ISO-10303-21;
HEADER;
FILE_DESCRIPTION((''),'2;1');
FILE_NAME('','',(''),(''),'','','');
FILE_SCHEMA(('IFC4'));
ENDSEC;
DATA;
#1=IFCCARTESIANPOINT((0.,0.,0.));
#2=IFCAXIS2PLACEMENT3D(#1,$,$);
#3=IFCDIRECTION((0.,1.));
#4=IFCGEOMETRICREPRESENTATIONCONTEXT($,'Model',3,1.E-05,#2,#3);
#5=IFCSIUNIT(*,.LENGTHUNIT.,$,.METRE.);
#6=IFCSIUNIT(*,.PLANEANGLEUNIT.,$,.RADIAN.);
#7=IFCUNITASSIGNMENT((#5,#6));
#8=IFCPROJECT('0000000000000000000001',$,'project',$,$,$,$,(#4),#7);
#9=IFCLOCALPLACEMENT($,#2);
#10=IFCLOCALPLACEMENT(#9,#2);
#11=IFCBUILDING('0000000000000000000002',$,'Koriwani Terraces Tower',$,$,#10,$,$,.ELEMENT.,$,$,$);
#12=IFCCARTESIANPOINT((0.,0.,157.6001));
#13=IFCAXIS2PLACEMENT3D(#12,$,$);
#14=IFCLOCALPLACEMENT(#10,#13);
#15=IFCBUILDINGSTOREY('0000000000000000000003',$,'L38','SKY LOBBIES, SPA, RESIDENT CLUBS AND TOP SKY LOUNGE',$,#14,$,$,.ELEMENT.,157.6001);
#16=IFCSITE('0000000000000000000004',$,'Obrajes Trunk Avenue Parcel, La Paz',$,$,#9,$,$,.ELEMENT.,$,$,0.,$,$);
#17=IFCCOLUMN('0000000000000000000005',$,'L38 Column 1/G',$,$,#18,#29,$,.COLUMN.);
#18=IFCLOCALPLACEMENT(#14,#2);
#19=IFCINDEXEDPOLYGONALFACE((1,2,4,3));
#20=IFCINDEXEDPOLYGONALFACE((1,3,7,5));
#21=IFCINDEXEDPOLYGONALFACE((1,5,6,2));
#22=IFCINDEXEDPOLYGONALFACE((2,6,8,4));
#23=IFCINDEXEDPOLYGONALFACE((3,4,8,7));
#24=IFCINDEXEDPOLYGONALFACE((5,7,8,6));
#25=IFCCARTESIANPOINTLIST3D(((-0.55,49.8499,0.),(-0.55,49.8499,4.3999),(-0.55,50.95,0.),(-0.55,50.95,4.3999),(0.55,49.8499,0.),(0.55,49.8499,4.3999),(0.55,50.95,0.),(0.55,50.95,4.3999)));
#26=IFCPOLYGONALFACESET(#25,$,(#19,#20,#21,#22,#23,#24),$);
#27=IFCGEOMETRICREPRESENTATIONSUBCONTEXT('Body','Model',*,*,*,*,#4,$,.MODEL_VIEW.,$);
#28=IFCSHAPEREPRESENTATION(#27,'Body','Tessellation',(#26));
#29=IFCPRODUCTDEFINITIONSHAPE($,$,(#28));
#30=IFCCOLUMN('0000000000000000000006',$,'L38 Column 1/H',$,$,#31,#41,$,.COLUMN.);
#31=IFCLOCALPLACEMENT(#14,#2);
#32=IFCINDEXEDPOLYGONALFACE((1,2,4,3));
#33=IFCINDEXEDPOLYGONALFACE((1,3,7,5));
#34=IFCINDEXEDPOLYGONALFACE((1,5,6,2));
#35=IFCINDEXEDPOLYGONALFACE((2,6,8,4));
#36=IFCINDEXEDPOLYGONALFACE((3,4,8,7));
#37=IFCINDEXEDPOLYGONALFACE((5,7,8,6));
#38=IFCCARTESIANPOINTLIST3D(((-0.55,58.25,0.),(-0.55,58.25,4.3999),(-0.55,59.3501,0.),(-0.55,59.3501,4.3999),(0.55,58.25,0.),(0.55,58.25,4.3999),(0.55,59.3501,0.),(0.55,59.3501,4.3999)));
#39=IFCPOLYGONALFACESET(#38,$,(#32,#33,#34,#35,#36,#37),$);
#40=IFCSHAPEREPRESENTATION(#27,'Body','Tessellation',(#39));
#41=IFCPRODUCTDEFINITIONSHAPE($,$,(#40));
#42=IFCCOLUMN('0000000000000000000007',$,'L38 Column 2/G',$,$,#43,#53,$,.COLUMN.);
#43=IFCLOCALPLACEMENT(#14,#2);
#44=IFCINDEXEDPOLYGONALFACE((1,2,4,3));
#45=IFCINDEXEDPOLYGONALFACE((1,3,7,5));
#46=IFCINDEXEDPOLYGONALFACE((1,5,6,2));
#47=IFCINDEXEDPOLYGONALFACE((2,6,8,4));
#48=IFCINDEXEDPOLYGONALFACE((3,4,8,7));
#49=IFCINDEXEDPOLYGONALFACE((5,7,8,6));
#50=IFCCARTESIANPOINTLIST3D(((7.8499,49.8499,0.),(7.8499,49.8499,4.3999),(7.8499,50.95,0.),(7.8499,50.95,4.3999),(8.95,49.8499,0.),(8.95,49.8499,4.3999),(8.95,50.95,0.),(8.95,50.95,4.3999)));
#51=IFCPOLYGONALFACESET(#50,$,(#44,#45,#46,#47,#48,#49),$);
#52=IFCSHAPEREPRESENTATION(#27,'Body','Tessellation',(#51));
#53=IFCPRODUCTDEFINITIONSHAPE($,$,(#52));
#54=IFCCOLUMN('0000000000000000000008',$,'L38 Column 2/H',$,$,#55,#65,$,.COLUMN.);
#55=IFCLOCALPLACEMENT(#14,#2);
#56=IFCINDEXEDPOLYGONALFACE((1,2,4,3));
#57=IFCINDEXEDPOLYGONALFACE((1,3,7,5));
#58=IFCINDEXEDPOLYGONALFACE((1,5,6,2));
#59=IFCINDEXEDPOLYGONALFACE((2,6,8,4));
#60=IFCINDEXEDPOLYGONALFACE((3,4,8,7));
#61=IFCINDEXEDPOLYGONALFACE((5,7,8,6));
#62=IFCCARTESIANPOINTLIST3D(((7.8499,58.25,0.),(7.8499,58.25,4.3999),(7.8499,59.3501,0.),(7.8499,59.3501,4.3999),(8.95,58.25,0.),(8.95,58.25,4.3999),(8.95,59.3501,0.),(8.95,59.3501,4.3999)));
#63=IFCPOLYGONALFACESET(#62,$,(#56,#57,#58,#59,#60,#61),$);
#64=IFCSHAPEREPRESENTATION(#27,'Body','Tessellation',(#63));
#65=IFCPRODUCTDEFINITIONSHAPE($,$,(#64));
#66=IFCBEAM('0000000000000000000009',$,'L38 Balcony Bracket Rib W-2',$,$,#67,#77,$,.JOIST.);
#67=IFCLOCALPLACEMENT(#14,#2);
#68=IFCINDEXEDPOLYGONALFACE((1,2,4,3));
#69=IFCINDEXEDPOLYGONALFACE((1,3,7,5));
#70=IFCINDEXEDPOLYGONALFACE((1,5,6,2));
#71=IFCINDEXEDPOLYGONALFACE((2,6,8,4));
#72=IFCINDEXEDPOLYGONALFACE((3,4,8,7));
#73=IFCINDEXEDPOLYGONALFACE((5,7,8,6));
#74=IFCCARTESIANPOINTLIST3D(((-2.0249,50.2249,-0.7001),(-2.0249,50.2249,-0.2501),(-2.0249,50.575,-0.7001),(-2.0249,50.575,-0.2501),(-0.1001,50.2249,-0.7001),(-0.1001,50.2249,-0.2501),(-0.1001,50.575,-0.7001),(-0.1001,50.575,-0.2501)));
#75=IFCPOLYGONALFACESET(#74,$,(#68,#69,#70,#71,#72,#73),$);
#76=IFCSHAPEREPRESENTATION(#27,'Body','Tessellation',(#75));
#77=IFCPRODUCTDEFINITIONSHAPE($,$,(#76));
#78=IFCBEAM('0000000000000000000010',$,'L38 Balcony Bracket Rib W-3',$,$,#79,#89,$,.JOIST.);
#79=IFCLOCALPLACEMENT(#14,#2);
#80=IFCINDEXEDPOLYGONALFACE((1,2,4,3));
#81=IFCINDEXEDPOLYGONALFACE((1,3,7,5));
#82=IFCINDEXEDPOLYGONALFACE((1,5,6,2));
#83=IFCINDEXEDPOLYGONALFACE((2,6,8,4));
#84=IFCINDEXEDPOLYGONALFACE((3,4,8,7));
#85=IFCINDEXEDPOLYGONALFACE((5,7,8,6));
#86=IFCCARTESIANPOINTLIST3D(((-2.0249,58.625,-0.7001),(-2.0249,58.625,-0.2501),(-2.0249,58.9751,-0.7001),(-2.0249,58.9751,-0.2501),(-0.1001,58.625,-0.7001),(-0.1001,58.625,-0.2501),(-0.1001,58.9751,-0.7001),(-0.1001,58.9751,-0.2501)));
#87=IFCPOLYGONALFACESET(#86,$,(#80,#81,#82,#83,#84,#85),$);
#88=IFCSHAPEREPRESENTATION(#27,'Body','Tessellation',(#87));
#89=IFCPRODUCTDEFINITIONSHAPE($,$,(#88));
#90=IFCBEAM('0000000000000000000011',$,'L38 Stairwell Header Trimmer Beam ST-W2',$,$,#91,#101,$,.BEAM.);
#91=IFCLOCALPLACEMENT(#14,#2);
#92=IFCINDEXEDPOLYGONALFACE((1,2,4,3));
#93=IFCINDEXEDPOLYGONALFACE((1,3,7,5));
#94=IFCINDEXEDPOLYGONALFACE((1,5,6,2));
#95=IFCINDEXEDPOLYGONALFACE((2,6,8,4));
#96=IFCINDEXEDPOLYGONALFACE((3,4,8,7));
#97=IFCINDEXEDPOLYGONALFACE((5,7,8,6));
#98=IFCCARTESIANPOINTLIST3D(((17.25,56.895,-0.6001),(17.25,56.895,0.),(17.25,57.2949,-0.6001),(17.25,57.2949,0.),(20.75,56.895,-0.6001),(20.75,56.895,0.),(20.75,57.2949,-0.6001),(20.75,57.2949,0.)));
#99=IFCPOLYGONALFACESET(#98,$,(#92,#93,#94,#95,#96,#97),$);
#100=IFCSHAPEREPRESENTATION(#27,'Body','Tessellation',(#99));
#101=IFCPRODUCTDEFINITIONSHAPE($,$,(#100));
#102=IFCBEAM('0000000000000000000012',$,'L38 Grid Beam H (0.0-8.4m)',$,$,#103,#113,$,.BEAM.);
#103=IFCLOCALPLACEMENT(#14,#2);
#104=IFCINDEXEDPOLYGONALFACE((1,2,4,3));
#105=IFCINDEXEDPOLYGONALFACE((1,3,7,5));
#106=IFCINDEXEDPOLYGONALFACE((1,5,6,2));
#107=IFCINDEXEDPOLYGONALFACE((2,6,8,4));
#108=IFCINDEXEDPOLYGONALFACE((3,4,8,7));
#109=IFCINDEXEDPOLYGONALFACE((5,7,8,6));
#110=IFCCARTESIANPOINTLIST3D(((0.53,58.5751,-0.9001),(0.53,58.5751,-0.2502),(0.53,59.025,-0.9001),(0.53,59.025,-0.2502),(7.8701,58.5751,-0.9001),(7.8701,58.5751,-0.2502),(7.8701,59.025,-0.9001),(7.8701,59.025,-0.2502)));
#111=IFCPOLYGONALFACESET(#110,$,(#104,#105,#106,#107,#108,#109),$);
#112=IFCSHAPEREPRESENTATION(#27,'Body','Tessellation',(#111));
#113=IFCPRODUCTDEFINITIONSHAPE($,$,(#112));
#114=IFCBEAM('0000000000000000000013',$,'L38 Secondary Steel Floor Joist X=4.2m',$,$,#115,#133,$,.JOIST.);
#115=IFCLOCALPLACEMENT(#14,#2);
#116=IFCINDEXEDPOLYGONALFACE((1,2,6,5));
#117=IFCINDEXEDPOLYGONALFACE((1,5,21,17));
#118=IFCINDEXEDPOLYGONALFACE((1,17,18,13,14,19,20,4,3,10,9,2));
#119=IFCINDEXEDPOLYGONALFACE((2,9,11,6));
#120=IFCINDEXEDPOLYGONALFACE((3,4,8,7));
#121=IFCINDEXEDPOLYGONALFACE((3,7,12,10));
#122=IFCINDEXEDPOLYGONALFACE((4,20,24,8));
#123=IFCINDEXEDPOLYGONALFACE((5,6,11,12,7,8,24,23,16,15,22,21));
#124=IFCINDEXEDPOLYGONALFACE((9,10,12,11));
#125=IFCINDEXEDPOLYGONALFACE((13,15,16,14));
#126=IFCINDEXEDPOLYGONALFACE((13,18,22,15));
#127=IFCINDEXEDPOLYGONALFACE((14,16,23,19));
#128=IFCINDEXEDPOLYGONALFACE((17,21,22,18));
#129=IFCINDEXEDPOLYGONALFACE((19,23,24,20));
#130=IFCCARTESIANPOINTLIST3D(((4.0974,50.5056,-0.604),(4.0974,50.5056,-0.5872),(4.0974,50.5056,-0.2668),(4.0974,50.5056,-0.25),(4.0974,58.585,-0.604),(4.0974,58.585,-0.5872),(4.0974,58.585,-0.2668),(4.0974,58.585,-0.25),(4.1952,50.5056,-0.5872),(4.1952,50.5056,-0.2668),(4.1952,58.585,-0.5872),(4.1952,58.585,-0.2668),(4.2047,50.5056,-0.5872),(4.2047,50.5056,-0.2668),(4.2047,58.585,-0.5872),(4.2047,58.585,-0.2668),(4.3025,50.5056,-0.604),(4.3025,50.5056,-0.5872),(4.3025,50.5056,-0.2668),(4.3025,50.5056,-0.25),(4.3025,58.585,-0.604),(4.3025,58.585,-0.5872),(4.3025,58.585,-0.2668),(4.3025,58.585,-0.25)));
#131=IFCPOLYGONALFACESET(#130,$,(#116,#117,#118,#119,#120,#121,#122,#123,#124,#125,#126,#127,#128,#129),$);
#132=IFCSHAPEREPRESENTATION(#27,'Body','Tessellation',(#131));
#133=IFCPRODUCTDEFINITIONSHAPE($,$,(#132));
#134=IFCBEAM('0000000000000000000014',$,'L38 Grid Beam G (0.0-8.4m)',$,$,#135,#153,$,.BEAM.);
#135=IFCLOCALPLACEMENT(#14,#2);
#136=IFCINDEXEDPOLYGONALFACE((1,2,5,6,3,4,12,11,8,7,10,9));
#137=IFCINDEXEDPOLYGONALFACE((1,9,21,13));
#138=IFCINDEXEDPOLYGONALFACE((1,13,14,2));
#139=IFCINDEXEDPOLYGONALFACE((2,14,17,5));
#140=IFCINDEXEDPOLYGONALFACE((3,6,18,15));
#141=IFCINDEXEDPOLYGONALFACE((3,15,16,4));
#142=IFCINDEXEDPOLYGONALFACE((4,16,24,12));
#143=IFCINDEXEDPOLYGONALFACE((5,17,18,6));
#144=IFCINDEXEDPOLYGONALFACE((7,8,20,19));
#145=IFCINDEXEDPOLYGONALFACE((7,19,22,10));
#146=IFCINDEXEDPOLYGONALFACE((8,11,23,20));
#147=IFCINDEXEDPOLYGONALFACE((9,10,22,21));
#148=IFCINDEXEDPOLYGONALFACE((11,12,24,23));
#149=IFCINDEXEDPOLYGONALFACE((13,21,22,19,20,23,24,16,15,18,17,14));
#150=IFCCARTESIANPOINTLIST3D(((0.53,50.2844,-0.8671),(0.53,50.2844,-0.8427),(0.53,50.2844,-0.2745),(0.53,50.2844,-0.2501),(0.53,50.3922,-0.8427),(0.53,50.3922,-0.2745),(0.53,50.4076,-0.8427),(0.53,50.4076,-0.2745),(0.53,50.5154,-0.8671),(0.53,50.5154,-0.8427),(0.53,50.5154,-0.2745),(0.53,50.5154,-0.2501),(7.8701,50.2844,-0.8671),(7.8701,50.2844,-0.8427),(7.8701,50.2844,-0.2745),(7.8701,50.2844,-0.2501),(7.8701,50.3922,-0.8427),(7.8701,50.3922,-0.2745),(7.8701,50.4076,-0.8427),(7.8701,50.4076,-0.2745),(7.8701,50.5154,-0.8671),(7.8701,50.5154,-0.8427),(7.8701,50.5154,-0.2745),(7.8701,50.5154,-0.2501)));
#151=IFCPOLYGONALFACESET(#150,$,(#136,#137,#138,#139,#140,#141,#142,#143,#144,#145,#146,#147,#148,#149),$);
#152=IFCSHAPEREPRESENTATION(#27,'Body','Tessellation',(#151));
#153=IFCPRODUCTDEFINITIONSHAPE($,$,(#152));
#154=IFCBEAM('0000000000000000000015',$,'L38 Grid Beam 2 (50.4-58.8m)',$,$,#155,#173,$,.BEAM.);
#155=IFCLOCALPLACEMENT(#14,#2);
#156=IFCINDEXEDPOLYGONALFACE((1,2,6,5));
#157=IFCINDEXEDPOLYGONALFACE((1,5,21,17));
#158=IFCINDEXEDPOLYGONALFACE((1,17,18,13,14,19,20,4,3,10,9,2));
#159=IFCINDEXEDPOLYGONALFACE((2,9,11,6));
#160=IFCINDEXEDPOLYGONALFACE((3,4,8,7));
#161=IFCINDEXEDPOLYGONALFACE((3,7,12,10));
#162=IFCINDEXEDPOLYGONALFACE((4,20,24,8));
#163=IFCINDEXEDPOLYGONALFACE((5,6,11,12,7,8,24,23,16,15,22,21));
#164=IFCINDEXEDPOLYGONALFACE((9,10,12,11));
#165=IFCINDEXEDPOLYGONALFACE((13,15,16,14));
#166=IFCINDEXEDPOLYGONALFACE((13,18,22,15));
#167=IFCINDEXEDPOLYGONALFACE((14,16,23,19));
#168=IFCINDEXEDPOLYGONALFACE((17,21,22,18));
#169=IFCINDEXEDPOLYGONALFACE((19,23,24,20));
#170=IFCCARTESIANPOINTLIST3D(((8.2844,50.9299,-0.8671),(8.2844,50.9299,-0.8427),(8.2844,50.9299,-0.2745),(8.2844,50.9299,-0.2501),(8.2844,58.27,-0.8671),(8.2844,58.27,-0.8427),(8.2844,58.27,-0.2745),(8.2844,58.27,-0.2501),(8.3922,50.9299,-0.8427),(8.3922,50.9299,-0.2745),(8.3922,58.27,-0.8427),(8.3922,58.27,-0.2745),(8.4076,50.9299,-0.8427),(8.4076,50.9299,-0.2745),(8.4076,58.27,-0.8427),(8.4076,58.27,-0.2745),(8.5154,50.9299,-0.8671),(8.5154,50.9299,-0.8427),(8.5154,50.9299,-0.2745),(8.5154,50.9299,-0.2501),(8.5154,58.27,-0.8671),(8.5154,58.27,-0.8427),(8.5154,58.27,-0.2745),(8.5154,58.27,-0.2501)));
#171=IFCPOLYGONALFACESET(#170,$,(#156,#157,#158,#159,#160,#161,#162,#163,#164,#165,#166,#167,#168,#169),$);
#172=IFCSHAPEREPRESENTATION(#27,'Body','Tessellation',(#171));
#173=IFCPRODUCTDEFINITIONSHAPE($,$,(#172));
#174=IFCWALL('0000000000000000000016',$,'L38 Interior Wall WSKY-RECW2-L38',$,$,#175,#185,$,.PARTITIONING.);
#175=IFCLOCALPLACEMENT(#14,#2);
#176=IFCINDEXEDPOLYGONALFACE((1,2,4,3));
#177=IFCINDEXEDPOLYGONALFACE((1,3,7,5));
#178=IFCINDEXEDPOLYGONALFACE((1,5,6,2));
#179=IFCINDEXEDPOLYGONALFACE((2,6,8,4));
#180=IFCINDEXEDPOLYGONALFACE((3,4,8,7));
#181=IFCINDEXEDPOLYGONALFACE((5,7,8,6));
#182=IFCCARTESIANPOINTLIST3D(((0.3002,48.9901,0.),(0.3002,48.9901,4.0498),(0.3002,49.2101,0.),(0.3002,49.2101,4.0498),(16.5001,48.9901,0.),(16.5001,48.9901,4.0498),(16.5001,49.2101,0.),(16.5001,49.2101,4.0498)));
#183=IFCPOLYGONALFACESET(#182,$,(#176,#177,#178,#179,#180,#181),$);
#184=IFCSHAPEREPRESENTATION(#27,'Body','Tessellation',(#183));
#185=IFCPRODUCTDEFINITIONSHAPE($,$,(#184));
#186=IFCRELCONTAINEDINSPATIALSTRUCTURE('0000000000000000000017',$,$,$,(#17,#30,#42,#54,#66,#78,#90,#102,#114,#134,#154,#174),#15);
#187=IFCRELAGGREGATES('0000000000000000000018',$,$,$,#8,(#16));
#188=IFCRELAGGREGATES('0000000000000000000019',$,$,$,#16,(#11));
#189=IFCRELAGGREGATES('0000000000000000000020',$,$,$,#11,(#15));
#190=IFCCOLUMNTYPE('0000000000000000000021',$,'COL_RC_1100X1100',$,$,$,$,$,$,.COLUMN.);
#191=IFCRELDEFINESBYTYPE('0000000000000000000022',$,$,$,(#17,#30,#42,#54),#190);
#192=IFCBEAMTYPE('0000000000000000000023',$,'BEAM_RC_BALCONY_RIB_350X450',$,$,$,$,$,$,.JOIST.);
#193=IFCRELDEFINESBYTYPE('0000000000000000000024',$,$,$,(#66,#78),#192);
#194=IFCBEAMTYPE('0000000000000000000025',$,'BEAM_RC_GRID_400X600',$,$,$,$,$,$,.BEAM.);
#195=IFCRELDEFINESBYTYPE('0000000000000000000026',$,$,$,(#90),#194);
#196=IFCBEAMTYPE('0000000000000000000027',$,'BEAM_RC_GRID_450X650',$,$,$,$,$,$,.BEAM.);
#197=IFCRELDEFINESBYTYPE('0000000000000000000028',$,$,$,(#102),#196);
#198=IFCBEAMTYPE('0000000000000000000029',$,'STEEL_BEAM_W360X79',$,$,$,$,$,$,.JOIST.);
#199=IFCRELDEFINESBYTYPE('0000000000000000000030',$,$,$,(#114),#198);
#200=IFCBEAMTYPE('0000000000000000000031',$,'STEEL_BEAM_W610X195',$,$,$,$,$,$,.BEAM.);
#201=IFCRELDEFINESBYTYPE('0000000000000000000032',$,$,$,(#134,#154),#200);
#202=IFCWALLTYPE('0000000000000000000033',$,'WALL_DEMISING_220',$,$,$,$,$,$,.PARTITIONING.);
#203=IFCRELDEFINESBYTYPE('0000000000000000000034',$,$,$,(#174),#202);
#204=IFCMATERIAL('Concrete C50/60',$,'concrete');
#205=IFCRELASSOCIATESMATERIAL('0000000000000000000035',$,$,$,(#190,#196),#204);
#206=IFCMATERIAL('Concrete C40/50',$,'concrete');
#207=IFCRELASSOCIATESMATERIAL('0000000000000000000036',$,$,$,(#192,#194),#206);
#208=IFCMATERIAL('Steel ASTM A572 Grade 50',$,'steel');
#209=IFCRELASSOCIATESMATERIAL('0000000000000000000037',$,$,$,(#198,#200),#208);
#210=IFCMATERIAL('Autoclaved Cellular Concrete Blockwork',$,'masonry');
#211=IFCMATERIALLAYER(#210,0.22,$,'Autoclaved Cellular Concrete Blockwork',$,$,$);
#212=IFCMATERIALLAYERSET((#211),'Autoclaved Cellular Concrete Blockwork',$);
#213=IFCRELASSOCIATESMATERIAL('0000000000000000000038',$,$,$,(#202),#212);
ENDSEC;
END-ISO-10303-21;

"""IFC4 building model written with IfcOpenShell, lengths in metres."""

from ifc_helpers import new_model, si_unit, direction, frame, frame_2d, origin, origin_2d, place, context, subcontext, project, spatial, rectangle, i_section, extrude, material, layer, layer_set, material_profile, profile_set, type_object, element, save


model = new_model("IFC4")

# Units and contexts
model_context = context("Model", 3, precision=1e-05, world=origin(), true_north=direction((0.0, 1.0)))
body_context = subcontext(model_context, "Body", "Model", "MODEL_VIEW")
ifc_project = project(units=[si_unit("LENGTHUNIT", "METRE"), si_unit("PLANEANGLEUNIT", "RADIAN")], contexts=[model_context])

# Site, building, storey
site_placement = place(None, origin())
site = spatial("IfcSite", under=ifc_project, at=site_placement, Name="Obrajes Trunk Avenue Parcel, La Paz", CompositionType="ELEMENT", RefElevation=0.0)
building_placement = place(site_placement, origin())
building = spatial("IfcBuilding", under=site, at=building_placement, Name="Koriwani Terraces Tower", CompositionType="ELEMENT")
storey_placement = place(building_placement, frame((0.0, 0.0, 157.6001)))
storey = spatial("IfcBuildingStorey", under=building, at=storey_placement, Name="L38", Description="SKY LOBBIES, SPA, RESIDENT CLUBS AND TOP SKY LOUNGE", CompositionType="ELEMENT", Elevation=157.6001)

# Columns
ifc_material_1 = material(Name="Concrete C50/60", Category="concrete")
ifc_material_profile_1 = material_profile(ifc_material_1, rectangle(XDim=1.1001, YDim=1.1001, at=origin_2d()), Name="Concrete C50/60", Category="LoadBearing")
ifc_profile_set_1 = profile_set([ifc_material_profile_1], Name="Concrete C50/60")
column_type = type_object("IfcColumnType", Name="COL_RC_1100X1100", PredefinedType="COLUMN", material=ifc_profile_set_1)
for number, where, z_axis, x_axis, name in (
    (1, (0.0, 50.3999, 0.0), (0.0, 0.0, 1.0), (1.0, 0.0, 0.0), "L38 Column 1/G"),
    (2, (0.0, 58.8, 0.0), (0.0, 0.0, 1.0), (1.0, 0.0, 0.0), "L38 Column 1/H"),
    (3, (8.3999, 50.3999, 0.0), (0.0, 0.0, 1.0), (1.0, 0.0, 0.0), "L38 Column 2/G"),
    (4, (8.3999, 58.8, 0.0), (0.0, 0.0, 1.0), (1.0, 0.0, 0.0), "L38 Column 2/H"),
):
    element("IfcColumn", number, at=place(storey_placement, frame(where, z_axis=z_axis, x_axis=x_axis)), inside=storey, type_object=column_type, Name=name, PredefinedType="COLUMN", context=body_context, shape_type="SweptSolid", body=[
        extrude(rectangle(XDim=1.1001, YDim=1.1001, at=origin_2d()), origin(), (0.0, 0.0, 1.0), 4.3999),
    ])

# Beams
ifc_material_2 = material(Name="Concrete C40/50", Category="concrete")
ifc_material_profile_2 = material_profile(ifc_material_2, rectangle(XDim=0.3501, YDim=0.45, at=origin_2d()), Name="Concrete C40/50", Category="LoadBearing")
ifc_profile_set_2 = profile_set([ifc_material_profile_2], Name="Concrete C40/50")
beam_type_1 = type_object("IfcBeamType", Name="BEAM_RC_BALCONY_RIB_350X450", PredefinedType="JOIST", material=ifc_profile_set_2)
for number, where, z_axis, x_axis, name in (
    (5, (-2.0249, 50.3999, -0.4751), (1.0, 0.0, 0.0), (0.0, 1.0, 0.0), "L38 Balcony Bracket Rib W-2"),
    (6, (-2.0249, 58.8, -0.4751), (1.0, 0.0, 0.0), (0.0, 1.0, 0.0), "L38 Balcony Bracket Rib W-3"),
):
    element("IfcBeam", number, at=place(storey_placement, frame(where, z_axis=z_axis, x_axis=x_axis)), inside=storey, type_object=beam_type_1, Name=name, PredefinedType="JOIST", context=body_context, shape_type="SweptSolid", body=[
        extrude(rectangle(XDim=0.3501, YDim=0.45, at=origin_2d()), origin(), (0.0, 0.0, 1.0), 1.9248),
    ])
ifc_material_profile_3 = material_profile(ifc_material_2, rectangle(XDim=0.3999, YDim=0.6001, at=origin_2d()), Name="Concrete C40/50", Category="LoadBearing")
ifc_profile_set_3 = profile_set([ifc_material_profile_3], Name="Concrete C40/50")
beam_type_2 = type_object("IfcBeamType", Name="BEAM_RC_GRID_400X600", PredefinedType="BEAM", material=ifc_profile_set_3)
beam_1_placement = place(storey_placement, frame((17.25, 57.095, -0.3), z_axis=(1.0, 0.0, 0.0), x_axis=(0.0, 1.0, 0.0)))
element("IfcBeam", 7, at=beam_1_placement, inside=storey, type_object=beam_type_2, Name="L38 Stairwell Header Trimmer Beam ST-W2", PredefinedType="BEAM", context=body_context, shape_type="SweptSolid", body=[
    extrude(rectangle(XDim=0.3999, YDim=0.6001, at=origin_2d()), origin(), (0.0, 0.0, 1.0), 3.5),
])
ifc_material_profile_4 = material_profile(ifc_material_1, rectangle(XDim=0.45, YDim=0.6499, at=origin_2d()), Name="Concrete C50/60", Category="LoadBearing")
ifc_profile_set_4 = profile_set([ifc_material_profile_4], Name="Concrete C50/60")
beam_type_3 = type_object("IfcBeamType", Name="BEAM_RC_GRID_450X650", PredefinedType="BEAM", material=ifc_profile_set_4)
beam_2_placement = place(storey_placement, frame((0.53, 58.8, -0.5752), z_axis=(1.0, 0.0, 0.0), x_axis=(0.0, 1.0, 0.0)))
element("IfcBeam", 8, at=beam_2_placement, inside=storey, type_object=beam_type_3, Name="L38 Grid Beam H (0.0-8.4m)", PredefinedType="BEAM", context=body_context, shape_type="SweptSolid", body=[
    extrude(rectangle(XDim=0.45, YDim=0.6499, at=origin_2d()), origin(), (0.0, 0.0, 1.0), 7.3401),
])
ifc_material_3 = material(Name="Steel ASTM A572 Grade 50", Category="steel")
ifc_material_profile_5 = material_profile(ifc_material_3, i_section(OverallWidth=0.2051, OverallDepth=0.354, WebThickness=0.0095, FlangeThickness=0.0168, at=origin_2d()), Name="Steel ASTM A572 Grade 50", Category="LoadBearing")
ifc_profile_set_5 = profile_set([ifc_material_profile_5], Name="Steel ASTM A572 Grade 50")
beam_type_4 = type_object("IfcBeamType", Name="STEEL_BEAM_W360X79", PredefinedType="JOIST", material=ifc_profile_set_5)
beam_3_placement = place(storey_placement, frame((4.2, 50.5056, -0.427), z_axis=(0.0, 1.0, 0.0), x_axis=(-1.0, 0.0, 0.0)))
element("IfcBeam", 9, at=beam_3_placement, inside=storey, type_object=beam_type_4, Name="L38 Secondary Steel Floor Joist X=4.2m", PredefinedType="JOIST", context=body_context, shape_type="SweptSolid", body=[
    extrude(i_section(OverallWidth=0.2051, OverallDepth=0.354, WebThickness=0.0095, FlangeThickness=0.0168, at=origin_2d()), origin(), (0.0, 0.0, 1.0), 8.0793),
])
ifc_material_profile_6 = material_profile(ifc_material_3, i_section(OverallWidth=0.231, OverallDepth=0.6169, WebThickness=0.0154, FlangeThickness=0.0244, at=origin_2d()), Name="Steel ASTM A572 Grade 50", Category="LoadBearing")
ifc_profile_set_6 = profile_set([ifc_material_profile_6], Name="Steel ASTM A572 Grade 50")
beam_type_5 = type_object("IfcBeamType", Name="STEEL_BEAM_W610X195", PredefinedType="BEAM", material=ifc_profile_set_6)
for number, where, z_axis, x_axis, name in (
    (10, (0.53, 50.3999, -0.5586), (1.0, 0.0, 0.0), (0.0, 1.0, 0.0), "L38 Grid Beam G (0.0-8.4m)"),
    (11, (8.3999, 50.9299, -0.5586), (0.0, 1.0, 0.0), (-1.0, 0.0, 0.0), "L38 Grid Beam 2 (50.4-58.8m)"),
):
    element("IfcBeam", number, at=place(storey_placement, frame(where, z_axis=z_axis, x_axis=x_axis)), inside=storey, type_object=beam_type_5, Name=name, PredefinedType="BEAM", context=body_context, shape_type="SweptSolid", body=[
        extrude(i_section(OverallWidth=0.231, OverallDepth=0.6169, WebThickness=0.0154, FlangeThickness=0.0244, at=origin_2d()), origin(), (0.0, 0.0, 1.0), 7.3401),
    ])

# Wall
ifc_material_4 = material(Name="Autoclaved Cellular Concrete Blockwork", Category="masonry")
ifc_layer_1 = layer(ifc_material_4, 0.22, Name="Autoclaved Cellular Concrete Blockwork")
ifc_layer_set_1 = layer_set([ifc_layer_1], Name="Autoclaved Cellular Concrete Blockwork")
wall_type_1 = type_object("IfcWallType", Name="WALL_DEMISING_220", PredefinedType="PARTITIONING", material=ifc_layer_set_1)
wall_1_placement = place(storey_placement, frame((0.3, 49.1001, 0.0), z_axis=(0.0, 0.0, 1.0), x_axis=(1.0, 0.0, 0.0)))
element("IfcWall", 12, at=wall_1_placement, inside=storey, type_object=wall_type_1, Name="L38 Interior Wall WSKY-RECW2-L38", PredefinedType="PARTITIONING", context=body_context, shape_type="SweptSolid", body=[
    extrude(rectangle(XDim=16.2, YDim=0.22, at=frame_2d((8.1001, 0.0))), origin(), (0.0, 0.0, 1.0), 4.0498),
])

save(model, "model.ifc")
